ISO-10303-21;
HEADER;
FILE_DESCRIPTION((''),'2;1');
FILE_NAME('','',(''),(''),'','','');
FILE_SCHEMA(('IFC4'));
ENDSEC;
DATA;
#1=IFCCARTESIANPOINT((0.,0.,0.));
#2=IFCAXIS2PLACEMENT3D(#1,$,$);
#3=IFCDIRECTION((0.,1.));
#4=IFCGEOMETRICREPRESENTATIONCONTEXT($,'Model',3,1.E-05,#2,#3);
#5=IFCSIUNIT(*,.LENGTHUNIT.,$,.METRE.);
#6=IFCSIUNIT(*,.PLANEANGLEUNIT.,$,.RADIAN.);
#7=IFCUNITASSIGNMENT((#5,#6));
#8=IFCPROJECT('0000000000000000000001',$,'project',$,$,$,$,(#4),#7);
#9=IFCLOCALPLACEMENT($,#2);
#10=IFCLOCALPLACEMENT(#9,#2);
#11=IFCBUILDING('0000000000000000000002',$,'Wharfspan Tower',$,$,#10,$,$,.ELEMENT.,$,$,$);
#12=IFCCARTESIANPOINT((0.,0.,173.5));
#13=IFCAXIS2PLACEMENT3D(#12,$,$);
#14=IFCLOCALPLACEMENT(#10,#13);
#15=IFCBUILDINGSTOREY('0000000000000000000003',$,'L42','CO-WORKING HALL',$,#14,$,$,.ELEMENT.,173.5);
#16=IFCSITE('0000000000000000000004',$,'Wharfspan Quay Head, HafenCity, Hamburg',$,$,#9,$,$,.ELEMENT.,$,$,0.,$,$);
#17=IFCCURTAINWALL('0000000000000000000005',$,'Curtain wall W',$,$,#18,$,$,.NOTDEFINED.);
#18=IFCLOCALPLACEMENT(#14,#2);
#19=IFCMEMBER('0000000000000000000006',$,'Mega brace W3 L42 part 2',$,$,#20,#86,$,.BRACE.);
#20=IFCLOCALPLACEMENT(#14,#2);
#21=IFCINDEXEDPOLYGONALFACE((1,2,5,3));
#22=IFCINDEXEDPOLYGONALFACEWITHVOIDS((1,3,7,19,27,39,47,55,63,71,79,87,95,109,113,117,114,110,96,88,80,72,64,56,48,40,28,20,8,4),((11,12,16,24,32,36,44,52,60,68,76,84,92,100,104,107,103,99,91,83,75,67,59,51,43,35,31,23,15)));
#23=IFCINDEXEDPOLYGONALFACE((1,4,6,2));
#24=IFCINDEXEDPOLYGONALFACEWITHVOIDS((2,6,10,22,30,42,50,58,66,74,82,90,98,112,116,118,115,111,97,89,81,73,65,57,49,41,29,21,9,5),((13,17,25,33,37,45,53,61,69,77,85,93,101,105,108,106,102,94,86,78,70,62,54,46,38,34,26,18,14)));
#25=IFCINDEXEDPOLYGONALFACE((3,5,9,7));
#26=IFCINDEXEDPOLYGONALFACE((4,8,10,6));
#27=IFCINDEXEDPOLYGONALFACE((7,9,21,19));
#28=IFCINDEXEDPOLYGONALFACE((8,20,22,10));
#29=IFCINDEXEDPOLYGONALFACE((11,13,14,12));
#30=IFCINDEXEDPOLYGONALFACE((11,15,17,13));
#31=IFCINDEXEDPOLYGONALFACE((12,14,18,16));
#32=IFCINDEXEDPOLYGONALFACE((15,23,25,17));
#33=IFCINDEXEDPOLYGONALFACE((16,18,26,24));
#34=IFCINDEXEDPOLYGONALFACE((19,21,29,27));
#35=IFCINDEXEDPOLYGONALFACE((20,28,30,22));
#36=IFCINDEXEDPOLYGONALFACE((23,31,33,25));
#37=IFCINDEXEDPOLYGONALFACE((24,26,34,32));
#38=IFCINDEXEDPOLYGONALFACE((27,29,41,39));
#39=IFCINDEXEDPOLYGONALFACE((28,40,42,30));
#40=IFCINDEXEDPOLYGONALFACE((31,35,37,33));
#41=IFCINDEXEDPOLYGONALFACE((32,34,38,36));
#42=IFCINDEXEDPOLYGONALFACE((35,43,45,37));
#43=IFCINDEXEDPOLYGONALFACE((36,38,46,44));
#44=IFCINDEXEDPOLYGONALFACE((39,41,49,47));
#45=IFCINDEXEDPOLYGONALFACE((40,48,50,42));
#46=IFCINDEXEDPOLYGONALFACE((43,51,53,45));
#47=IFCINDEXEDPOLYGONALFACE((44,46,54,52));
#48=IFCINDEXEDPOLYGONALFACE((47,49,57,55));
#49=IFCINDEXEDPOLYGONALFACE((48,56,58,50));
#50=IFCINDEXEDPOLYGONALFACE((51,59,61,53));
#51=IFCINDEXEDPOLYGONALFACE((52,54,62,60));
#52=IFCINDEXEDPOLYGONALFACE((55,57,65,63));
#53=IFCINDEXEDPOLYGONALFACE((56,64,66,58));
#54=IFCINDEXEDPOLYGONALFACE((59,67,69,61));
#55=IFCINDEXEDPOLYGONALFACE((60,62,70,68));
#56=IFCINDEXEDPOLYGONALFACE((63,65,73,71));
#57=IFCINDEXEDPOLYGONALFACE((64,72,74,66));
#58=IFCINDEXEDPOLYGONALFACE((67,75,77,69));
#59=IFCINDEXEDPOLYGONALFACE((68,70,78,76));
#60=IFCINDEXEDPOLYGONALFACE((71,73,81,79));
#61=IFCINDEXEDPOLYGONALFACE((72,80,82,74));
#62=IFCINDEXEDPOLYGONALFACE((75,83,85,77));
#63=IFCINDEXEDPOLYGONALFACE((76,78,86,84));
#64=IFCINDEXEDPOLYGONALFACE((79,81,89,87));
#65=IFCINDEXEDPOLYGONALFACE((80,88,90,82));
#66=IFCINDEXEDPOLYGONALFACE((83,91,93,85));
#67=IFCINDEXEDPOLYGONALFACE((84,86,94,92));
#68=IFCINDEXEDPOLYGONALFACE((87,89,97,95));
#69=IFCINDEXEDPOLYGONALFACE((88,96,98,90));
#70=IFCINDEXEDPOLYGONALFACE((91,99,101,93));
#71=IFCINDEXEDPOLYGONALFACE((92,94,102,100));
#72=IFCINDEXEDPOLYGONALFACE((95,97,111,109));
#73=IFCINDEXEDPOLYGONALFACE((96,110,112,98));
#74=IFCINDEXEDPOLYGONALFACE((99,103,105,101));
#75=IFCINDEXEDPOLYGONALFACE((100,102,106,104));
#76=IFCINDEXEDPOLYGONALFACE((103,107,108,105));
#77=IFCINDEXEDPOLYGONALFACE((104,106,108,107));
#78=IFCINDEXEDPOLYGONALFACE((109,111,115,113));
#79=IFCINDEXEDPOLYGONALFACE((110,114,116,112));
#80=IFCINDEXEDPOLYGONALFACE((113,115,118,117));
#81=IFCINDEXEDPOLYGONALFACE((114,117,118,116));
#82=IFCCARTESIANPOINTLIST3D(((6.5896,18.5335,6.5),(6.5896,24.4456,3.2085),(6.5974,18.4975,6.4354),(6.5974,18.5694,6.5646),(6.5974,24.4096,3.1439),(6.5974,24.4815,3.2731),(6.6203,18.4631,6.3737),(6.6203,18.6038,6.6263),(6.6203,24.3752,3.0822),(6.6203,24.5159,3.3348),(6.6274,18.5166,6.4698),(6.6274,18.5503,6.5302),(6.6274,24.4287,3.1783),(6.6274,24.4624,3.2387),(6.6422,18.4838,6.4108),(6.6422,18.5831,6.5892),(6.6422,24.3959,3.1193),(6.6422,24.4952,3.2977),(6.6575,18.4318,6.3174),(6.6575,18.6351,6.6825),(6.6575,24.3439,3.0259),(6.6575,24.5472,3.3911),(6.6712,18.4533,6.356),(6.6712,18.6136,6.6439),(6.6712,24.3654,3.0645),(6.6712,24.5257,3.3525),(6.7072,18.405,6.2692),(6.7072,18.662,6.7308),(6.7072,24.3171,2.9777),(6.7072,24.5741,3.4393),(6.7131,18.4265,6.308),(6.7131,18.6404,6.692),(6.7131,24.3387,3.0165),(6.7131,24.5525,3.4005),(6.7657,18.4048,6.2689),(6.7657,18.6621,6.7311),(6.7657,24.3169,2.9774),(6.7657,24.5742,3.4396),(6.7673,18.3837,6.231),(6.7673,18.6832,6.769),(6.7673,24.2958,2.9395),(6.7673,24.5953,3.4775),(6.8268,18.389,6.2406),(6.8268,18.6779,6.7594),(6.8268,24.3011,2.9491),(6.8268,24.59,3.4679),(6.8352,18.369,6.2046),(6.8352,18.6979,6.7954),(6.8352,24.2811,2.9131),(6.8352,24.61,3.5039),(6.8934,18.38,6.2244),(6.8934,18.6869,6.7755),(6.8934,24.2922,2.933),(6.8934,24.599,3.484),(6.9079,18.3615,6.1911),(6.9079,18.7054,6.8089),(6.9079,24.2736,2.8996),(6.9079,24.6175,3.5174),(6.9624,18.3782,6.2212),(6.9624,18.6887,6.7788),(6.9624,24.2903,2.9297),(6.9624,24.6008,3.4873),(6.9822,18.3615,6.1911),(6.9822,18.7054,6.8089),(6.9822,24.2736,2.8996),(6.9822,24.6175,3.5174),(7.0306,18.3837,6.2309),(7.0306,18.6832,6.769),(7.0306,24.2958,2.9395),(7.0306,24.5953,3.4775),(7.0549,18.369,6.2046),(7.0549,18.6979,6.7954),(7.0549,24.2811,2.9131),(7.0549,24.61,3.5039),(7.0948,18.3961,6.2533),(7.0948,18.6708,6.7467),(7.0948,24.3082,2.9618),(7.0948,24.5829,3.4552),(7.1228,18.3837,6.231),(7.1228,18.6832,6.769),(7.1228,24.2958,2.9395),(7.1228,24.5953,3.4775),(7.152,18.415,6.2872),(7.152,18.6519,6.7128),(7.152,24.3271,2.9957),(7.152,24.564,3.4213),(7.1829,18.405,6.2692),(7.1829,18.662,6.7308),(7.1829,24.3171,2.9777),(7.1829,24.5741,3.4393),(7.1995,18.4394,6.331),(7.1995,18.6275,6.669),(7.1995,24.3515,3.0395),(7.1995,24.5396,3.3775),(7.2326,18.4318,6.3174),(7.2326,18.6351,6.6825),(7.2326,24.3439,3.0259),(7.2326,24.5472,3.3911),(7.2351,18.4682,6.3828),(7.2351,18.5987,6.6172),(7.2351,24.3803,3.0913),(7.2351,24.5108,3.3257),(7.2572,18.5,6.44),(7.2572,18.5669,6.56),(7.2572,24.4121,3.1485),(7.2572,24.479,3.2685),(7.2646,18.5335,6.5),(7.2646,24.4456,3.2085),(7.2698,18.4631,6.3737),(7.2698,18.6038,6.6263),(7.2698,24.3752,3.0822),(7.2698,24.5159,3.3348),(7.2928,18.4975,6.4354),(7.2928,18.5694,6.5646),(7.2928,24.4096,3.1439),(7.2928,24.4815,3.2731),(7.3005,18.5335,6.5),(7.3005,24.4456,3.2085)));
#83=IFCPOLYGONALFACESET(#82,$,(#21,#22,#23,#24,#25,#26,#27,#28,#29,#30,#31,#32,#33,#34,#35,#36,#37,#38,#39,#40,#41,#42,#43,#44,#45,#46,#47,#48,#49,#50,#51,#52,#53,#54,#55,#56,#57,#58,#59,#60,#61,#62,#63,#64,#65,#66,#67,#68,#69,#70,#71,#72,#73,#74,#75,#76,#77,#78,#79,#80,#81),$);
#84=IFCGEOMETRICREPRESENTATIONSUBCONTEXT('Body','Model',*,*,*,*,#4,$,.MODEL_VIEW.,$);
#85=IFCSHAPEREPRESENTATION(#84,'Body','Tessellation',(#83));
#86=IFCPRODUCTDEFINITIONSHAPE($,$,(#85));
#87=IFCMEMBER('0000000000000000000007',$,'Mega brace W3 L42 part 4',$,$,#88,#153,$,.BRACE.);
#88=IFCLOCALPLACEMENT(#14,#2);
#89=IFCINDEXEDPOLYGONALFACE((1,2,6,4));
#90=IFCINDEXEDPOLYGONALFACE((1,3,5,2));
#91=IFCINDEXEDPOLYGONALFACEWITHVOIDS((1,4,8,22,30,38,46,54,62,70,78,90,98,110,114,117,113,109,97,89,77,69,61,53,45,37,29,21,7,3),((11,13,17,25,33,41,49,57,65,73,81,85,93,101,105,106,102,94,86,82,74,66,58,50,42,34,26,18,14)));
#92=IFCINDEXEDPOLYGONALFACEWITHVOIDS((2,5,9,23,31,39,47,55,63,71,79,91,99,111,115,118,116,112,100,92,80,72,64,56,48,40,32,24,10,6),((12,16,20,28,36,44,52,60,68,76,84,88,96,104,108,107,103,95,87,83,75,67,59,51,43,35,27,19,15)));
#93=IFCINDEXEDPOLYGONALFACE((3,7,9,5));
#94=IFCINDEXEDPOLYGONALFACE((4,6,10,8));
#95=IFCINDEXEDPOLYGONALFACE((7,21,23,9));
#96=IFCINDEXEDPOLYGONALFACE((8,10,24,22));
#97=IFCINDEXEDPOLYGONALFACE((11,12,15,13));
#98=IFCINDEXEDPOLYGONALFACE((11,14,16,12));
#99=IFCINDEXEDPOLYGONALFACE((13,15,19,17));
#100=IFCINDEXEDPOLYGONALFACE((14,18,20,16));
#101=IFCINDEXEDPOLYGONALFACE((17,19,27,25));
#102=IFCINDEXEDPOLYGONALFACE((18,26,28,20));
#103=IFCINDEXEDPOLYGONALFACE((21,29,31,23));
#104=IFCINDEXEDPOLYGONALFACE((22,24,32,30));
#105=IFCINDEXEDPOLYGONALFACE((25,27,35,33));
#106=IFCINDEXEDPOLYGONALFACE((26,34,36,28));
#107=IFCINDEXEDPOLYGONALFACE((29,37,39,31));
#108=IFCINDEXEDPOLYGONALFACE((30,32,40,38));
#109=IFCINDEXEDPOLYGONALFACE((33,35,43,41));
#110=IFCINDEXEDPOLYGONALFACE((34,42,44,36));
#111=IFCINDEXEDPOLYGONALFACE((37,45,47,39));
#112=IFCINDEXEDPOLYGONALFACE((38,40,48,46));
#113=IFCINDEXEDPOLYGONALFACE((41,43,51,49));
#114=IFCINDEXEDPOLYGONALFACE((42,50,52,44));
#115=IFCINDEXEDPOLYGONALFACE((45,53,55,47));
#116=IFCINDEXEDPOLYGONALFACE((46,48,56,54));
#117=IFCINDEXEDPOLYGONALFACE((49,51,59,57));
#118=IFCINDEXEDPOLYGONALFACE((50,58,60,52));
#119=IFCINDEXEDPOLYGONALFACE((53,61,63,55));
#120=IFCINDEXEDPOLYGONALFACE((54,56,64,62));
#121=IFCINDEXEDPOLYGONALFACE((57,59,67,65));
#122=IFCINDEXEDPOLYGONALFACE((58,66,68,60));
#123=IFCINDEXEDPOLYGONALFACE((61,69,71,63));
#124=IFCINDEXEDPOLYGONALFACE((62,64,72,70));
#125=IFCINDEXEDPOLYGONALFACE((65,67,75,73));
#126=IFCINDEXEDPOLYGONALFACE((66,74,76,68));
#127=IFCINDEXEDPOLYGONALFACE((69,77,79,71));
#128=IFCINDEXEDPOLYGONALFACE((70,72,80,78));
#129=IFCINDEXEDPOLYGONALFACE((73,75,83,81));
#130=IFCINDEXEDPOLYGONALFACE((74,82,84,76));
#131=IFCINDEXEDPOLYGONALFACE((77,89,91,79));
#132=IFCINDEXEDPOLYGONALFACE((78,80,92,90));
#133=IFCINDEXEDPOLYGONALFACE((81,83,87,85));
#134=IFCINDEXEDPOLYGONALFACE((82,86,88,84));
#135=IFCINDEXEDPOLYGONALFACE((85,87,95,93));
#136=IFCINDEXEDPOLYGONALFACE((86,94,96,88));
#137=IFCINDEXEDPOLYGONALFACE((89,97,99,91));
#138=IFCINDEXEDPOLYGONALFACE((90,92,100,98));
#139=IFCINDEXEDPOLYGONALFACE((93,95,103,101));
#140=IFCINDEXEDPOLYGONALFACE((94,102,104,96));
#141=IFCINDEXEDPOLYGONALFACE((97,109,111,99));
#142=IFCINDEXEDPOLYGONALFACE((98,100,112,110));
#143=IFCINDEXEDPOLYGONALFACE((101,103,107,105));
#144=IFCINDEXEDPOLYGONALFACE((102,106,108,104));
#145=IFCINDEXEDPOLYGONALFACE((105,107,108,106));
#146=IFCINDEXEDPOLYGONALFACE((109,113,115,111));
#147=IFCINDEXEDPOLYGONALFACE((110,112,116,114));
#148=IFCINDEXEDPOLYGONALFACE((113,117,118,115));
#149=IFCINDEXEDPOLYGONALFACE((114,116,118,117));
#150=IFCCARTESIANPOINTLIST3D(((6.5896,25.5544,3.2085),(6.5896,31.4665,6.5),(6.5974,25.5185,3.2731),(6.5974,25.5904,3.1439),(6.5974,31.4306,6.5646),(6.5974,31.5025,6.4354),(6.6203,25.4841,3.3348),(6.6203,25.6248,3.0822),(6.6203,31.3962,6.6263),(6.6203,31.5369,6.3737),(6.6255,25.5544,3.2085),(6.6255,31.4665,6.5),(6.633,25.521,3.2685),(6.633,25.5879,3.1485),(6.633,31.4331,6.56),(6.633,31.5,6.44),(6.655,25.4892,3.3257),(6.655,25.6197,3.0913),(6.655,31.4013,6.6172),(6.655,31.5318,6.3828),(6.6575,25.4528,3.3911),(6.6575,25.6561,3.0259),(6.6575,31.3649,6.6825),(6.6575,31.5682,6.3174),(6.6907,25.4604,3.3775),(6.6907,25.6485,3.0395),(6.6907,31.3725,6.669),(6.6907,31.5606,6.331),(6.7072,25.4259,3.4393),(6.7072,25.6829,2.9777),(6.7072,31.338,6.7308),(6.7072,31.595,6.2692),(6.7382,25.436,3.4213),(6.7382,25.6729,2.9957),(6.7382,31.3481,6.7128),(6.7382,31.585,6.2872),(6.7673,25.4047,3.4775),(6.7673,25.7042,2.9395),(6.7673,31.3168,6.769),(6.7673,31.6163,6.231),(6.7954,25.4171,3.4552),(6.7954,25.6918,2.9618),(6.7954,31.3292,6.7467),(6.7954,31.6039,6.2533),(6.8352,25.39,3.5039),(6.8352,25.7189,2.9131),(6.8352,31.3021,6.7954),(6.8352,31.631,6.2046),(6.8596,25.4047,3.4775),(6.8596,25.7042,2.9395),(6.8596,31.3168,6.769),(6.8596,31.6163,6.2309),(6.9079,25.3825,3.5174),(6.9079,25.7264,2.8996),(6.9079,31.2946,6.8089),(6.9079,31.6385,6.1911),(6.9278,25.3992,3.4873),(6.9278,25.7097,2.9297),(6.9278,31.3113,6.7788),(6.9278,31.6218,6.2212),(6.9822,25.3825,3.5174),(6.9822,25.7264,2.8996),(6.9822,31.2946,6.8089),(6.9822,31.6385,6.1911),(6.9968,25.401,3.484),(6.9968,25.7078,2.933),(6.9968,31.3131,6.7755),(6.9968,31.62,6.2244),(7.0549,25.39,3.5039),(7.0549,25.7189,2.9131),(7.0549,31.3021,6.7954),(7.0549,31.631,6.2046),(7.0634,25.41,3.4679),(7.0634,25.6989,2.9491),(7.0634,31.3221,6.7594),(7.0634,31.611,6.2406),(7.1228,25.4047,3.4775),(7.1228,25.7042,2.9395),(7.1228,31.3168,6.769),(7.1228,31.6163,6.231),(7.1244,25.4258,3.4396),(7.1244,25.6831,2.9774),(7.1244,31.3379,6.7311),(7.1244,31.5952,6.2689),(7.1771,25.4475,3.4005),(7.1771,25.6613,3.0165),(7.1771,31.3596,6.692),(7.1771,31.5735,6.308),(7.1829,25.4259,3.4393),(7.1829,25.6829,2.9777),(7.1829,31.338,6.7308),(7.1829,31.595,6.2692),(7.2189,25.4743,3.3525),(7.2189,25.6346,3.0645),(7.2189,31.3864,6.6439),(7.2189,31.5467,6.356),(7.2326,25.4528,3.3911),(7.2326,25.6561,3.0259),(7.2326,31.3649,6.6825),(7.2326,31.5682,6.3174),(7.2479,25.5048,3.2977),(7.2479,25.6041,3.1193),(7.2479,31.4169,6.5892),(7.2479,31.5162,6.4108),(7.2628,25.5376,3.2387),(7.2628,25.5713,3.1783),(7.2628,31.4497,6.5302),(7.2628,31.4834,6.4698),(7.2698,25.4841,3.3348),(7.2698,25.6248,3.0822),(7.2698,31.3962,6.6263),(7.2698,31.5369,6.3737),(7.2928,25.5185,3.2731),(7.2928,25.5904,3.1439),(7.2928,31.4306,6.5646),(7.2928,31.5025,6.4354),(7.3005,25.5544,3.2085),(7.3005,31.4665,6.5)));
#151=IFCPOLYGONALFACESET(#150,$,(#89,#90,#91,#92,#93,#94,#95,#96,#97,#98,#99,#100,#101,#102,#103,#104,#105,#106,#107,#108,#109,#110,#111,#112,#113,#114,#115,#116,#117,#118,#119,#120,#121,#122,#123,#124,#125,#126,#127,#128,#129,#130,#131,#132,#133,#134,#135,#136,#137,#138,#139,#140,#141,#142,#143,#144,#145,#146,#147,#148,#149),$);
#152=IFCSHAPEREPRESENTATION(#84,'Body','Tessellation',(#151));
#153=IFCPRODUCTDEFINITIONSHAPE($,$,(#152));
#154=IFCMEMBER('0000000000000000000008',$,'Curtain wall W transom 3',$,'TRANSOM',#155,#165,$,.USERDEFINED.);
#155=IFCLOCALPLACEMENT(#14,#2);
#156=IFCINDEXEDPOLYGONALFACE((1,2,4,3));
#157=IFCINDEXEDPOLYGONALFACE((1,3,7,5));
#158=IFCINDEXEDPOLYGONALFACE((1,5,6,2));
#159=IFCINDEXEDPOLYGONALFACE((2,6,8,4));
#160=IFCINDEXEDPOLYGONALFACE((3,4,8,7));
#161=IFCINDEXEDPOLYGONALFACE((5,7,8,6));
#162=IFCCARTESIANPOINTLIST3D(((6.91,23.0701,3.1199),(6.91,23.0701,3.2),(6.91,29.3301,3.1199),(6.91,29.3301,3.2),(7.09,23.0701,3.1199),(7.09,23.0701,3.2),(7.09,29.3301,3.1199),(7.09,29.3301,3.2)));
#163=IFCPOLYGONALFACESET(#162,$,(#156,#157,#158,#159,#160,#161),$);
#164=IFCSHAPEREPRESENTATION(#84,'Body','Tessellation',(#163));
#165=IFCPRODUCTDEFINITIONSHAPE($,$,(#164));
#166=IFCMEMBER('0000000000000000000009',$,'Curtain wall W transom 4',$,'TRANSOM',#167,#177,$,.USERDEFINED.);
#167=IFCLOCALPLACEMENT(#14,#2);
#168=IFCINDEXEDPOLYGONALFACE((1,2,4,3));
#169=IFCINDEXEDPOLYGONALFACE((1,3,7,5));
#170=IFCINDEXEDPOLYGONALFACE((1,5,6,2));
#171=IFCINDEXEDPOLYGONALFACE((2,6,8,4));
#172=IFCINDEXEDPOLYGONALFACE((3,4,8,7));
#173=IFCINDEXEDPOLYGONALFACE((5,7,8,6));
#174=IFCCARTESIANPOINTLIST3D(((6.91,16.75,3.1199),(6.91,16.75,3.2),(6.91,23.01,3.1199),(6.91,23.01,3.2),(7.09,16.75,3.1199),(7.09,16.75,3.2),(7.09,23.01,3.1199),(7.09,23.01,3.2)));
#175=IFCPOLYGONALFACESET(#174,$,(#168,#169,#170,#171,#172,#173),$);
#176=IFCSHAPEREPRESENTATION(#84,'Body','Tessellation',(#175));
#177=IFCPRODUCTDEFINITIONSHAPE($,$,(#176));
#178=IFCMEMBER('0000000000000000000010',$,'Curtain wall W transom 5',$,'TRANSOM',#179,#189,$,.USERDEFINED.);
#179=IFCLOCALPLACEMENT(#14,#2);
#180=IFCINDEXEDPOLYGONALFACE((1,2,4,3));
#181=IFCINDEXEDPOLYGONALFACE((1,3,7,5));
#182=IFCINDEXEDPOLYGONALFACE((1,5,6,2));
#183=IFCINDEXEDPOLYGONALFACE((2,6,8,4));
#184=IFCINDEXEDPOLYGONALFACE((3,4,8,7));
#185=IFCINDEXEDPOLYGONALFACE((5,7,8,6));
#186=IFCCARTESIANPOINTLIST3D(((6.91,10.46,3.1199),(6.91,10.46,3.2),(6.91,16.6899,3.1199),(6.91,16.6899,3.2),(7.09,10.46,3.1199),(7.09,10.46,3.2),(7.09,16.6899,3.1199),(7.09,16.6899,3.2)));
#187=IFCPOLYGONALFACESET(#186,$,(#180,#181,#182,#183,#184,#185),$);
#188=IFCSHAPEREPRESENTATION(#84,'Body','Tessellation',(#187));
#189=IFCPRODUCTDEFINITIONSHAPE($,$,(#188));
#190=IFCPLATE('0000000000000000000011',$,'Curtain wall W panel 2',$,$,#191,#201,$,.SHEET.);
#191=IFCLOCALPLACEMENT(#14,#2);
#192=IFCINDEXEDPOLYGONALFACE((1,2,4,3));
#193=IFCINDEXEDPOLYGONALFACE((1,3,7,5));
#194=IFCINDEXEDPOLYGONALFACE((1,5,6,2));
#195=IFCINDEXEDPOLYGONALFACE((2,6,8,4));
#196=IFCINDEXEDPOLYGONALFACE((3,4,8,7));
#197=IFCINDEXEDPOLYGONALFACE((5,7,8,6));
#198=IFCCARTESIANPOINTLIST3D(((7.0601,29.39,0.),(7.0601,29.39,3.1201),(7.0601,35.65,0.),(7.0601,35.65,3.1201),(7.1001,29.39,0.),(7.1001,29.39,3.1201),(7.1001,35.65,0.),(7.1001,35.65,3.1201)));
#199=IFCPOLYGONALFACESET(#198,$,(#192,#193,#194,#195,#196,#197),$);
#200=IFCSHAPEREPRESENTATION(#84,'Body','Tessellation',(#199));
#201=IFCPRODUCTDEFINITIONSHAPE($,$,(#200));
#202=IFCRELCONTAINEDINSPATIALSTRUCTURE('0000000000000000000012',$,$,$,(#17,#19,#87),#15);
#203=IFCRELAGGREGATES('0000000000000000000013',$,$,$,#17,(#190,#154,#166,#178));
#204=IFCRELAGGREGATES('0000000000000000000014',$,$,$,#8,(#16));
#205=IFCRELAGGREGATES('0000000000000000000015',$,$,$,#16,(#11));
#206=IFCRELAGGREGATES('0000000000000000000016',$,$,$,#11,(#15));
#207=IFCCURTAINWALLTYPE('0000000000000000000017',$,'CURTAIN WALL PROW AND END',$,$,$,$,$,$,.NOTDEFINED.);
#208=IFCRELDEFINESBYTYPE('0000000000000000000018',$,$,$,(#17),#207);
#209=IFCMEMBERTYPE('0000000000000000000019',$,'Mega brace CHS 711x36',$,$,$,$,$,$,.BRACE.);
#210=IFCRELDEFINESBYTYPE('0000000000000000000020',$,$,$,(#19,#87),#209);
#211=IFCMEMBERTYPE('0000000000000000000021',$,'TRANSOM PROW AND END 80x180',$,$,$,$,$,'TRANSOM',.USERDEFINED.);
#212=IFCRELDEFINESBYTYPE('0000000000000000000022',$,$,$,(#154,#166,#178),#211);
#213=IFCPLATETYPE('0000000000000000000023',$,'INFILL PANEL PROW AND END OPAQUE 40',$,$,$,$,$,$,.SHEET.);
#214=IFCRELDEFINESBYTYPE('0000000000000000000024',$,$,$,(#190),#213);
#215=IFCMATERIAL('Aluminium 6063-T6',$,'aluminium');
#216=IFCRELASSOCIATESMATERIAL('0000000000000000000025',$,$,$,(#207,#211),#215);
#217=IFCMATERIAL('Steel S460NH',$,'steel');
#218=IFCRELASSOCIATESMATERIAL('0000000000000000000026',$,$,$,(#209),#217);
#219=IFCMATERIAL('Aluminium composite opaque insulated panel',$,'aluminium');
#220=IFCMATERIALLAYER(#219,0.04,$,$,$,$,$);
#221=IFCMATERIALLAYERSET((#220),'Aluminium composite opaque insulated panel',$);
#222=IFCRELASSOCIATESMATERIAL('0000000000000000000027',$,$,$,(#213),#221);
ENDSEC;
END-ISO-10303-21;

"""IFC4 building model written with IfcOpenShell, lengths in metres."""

from ifc_helpers import new_model, si_unit, direction, frame, origin, origin_2d, place, context, subcontext, project, spatial, rectangle, hollow_circle, extrude, material, layer, layer_set, material_profile, profile_set, type_object, element, aggregate, save


model = new_model("IFC4")

# Units and contexts
model_context = context("Model", 3, precision=1e-05, world=origin(), true_north=direction((0.0, 1.0)))
body_context = subcontext(model_context, "Body", "Model", "MODEL_VIEW")
ifc_project = project(units=[si_unit("LENGTHUNIT", "METRE"), si_unit("PLANEANGLEUNIT", "RADIAN")], contexts=[model_context])

# Site, building, storey
site_placement = place(None, origin())
site = spatial("IfcSite", under=ifc_project, at=site_placement, Name="Wharfspan Quay Head, HafenCity, Hamburg", CompositionType="ELEMENT", RefElevation=0.0)
building_placement = place(site_placement, origin())
building = spatial("IfcBuilding", under=site, at=building_placement, Name="Wharfspan Tower", CompositionType="ELEMENT")
storey_placement = place(building_placement, frame((0.0, 0.0, 173.5)))
storey = spatial("IfcBuildingStorey", under=building, at=storey_placement, Name="L42", Description="CO-WORKING HALL", CompositionType="ELEMENT", Elevation=173.5)

# Curtain wall
ifc_material_1 = material(Name="Aluminium 6063-T6", Category="aluminium")
curtain_wall_type = type_object("IfcCurtainWallType", Name="CURTAIN WALL PROW AND END", PredefinedType="NOTDEFINED", material=ifc_material_1)
curtain_wall_placement = place(storey_placement, origin())
curtain_wall = element("IfcCurtainWall", 1, at=curtain_wall_placement, inside=storey, type_object=curtain_wall_type, Name="Curtain wall W", PredefinedType="NOTDEFINED")

# Members
ifc_material_2 = material(Name="Steel S460NH", Category="steel")
ifc_material_profile_1 = material_profile(ifc_material_2, hollow_circle(Radius=0.3555, WallThickness=0.0359, at=origin_2d()))
ifc_profile_set_1 = profile_set([ifc_material_profile_1], Name="Steel S460NH")
member_type_1 = type_object("IfcMemberType", Name="Mega brace CHS 711x36", PredefinedType="BRACE", material=ifc_profile_set_1)
for number, where, z_axis, x_axis, name in (
    (2, (6.9451, 24.4456, 3.2085), (0.0, -0.873718, 0.486433), (1.0, 0.0, 0.0), "Mega brace W3 L42 part 2"),
    (3, (6.9451, 25.5544, 3.2085), (0.0, 0.873718, 0.486433), (-1.0, 0.0, 0.0), "Mega brace W3 L42 part 4"),
):
    element("IfcMember", number, at=place(storey_placement, frame(where, z_axis=z_axis, x_axis=x_axis)), inside=storey, type_object=member_type_1, Name=name, PredefinedType="BRACE", context=body_context, shape_type="SweptSolid", body=[
        extrude(hollow_circle(Radius=0.3555, WallThickness=0.0359, at=origin_2d()), origin(), (0.0, 0.0, 1.0), 6.7666),
    ])

# Members
ifc_material_profile_2 = material_profile(ifc_material_1, rectangle(XDim=0.1799, YDim=0.0801, at=origin_2d()))
ifc_profile_set_2 = profile_set([ifc_material_profile_2], Name="Aluminium 6063-T6")
member_type_2 = type_object("IfcMemberType", Name="TRANSOM PROW AND END 80x180", ElementType="TRANSOM", PredefinedType="USERDEFINED", material=ifc_profile_set_2)
member_1_placement = place(storey_placement, frame((7.0, 29.3301, 3.1599), z_axis=(0.0, -1.0, 0.0), x_axis=(1.0, 0.0, 0.0)))
member_1 = element("IfcMember", 4, at=member_1_placement, type_object=member_type_2, Name="Curtain wall W transom 3", ObjectType="TRANSOM", PredefinedType="USERDEFINED", context=body_context, shape_type="SweptSolid", body=[
    extrude(rectangle(XDim=0.1799, YDim=0.0801, at=origin_2d()), origin(), (0.0, 0.0, 1.0), 6.26),
])
member_2_placement = place(storey_placement, frame((7.0, 23.01, 3.1599), z_axis=(0.0, -1.0, 0.0), x_axis=(1.0, 0.0, 0.0)))
member_2 = element("IfcMember", 5, at=member_2_placement, type_object=member_type_2, Name="Curtain wall W transom 4", ObjectType="TRANSOM", PredefinedType="USERDEFINED", context=body_context, shape_type="SweptSolid", body=[
    extrude(rectangle(XDim=0.1799, YDim=0.0801, at=origin_2d()), origin(), (0.0, 0.0, 1.0), 6.26),
])
member_3_placement = place(storey_placement, frame((7.0, 16.6899, 3.1599), z_axis=(0.0, -1.0, 0.0), x_axis=(1.0, 0.0, 0.0)))
member_3 = element("IfcMember", 6, at=member_3_placement, type_object=member_type_2, Name="Curtain wall W transom 5", ObjectType="TRANSOM", PredefinedType="USERDEFINED", context=body_context, shape_type="SweptSolid", body=[
    extrude(rectangle(XDim=0.1799, YDim=0.0801, at=origin_2d()), origin(), (0.0, 0.0, 1.0), 6.23),
])

# Plate
ifc_material_3 = material(Name="Aluminium composite opaque insulated panel", Category="aluminium")
ifc_layer_1 = layer(ifc_material_3, 0.04)
ifc_layer_set_1 = layer_set([ifc_layer_1], Name="Aluminium composite opaque insulated panel")
plate_type = type_object("IfcPlateType", Name="INFILL PANEL PROW AND END OPAQUE 40", PredefinedType="SHEET", material=ifc_layer_set_1)
plate_1_placement = place(storey_placement, frame((7.0801, 32.52, 0.0), z_axis=(0.0, 0.0, 1.0), x_axis=(0.0, -1.0, 0.0)))
plate_1 = element("IfcPlate", 7, at=plate_1_placement, type_object=plate_type, Name="Curtain wall W panel 2", PredefinedType="SHEET", context=body_context, shape_type="SweptSolid", body=[
    extrude(rectangle(XDim=6.26, YDim=0.04, at=origin_2d()), origin(), (0.0, 0.0, 1.0), 3.1201),
])
aggregate(curtain_wall, [plate_1, member_1, member_2, member_3])

save(model, "model.ifc")
